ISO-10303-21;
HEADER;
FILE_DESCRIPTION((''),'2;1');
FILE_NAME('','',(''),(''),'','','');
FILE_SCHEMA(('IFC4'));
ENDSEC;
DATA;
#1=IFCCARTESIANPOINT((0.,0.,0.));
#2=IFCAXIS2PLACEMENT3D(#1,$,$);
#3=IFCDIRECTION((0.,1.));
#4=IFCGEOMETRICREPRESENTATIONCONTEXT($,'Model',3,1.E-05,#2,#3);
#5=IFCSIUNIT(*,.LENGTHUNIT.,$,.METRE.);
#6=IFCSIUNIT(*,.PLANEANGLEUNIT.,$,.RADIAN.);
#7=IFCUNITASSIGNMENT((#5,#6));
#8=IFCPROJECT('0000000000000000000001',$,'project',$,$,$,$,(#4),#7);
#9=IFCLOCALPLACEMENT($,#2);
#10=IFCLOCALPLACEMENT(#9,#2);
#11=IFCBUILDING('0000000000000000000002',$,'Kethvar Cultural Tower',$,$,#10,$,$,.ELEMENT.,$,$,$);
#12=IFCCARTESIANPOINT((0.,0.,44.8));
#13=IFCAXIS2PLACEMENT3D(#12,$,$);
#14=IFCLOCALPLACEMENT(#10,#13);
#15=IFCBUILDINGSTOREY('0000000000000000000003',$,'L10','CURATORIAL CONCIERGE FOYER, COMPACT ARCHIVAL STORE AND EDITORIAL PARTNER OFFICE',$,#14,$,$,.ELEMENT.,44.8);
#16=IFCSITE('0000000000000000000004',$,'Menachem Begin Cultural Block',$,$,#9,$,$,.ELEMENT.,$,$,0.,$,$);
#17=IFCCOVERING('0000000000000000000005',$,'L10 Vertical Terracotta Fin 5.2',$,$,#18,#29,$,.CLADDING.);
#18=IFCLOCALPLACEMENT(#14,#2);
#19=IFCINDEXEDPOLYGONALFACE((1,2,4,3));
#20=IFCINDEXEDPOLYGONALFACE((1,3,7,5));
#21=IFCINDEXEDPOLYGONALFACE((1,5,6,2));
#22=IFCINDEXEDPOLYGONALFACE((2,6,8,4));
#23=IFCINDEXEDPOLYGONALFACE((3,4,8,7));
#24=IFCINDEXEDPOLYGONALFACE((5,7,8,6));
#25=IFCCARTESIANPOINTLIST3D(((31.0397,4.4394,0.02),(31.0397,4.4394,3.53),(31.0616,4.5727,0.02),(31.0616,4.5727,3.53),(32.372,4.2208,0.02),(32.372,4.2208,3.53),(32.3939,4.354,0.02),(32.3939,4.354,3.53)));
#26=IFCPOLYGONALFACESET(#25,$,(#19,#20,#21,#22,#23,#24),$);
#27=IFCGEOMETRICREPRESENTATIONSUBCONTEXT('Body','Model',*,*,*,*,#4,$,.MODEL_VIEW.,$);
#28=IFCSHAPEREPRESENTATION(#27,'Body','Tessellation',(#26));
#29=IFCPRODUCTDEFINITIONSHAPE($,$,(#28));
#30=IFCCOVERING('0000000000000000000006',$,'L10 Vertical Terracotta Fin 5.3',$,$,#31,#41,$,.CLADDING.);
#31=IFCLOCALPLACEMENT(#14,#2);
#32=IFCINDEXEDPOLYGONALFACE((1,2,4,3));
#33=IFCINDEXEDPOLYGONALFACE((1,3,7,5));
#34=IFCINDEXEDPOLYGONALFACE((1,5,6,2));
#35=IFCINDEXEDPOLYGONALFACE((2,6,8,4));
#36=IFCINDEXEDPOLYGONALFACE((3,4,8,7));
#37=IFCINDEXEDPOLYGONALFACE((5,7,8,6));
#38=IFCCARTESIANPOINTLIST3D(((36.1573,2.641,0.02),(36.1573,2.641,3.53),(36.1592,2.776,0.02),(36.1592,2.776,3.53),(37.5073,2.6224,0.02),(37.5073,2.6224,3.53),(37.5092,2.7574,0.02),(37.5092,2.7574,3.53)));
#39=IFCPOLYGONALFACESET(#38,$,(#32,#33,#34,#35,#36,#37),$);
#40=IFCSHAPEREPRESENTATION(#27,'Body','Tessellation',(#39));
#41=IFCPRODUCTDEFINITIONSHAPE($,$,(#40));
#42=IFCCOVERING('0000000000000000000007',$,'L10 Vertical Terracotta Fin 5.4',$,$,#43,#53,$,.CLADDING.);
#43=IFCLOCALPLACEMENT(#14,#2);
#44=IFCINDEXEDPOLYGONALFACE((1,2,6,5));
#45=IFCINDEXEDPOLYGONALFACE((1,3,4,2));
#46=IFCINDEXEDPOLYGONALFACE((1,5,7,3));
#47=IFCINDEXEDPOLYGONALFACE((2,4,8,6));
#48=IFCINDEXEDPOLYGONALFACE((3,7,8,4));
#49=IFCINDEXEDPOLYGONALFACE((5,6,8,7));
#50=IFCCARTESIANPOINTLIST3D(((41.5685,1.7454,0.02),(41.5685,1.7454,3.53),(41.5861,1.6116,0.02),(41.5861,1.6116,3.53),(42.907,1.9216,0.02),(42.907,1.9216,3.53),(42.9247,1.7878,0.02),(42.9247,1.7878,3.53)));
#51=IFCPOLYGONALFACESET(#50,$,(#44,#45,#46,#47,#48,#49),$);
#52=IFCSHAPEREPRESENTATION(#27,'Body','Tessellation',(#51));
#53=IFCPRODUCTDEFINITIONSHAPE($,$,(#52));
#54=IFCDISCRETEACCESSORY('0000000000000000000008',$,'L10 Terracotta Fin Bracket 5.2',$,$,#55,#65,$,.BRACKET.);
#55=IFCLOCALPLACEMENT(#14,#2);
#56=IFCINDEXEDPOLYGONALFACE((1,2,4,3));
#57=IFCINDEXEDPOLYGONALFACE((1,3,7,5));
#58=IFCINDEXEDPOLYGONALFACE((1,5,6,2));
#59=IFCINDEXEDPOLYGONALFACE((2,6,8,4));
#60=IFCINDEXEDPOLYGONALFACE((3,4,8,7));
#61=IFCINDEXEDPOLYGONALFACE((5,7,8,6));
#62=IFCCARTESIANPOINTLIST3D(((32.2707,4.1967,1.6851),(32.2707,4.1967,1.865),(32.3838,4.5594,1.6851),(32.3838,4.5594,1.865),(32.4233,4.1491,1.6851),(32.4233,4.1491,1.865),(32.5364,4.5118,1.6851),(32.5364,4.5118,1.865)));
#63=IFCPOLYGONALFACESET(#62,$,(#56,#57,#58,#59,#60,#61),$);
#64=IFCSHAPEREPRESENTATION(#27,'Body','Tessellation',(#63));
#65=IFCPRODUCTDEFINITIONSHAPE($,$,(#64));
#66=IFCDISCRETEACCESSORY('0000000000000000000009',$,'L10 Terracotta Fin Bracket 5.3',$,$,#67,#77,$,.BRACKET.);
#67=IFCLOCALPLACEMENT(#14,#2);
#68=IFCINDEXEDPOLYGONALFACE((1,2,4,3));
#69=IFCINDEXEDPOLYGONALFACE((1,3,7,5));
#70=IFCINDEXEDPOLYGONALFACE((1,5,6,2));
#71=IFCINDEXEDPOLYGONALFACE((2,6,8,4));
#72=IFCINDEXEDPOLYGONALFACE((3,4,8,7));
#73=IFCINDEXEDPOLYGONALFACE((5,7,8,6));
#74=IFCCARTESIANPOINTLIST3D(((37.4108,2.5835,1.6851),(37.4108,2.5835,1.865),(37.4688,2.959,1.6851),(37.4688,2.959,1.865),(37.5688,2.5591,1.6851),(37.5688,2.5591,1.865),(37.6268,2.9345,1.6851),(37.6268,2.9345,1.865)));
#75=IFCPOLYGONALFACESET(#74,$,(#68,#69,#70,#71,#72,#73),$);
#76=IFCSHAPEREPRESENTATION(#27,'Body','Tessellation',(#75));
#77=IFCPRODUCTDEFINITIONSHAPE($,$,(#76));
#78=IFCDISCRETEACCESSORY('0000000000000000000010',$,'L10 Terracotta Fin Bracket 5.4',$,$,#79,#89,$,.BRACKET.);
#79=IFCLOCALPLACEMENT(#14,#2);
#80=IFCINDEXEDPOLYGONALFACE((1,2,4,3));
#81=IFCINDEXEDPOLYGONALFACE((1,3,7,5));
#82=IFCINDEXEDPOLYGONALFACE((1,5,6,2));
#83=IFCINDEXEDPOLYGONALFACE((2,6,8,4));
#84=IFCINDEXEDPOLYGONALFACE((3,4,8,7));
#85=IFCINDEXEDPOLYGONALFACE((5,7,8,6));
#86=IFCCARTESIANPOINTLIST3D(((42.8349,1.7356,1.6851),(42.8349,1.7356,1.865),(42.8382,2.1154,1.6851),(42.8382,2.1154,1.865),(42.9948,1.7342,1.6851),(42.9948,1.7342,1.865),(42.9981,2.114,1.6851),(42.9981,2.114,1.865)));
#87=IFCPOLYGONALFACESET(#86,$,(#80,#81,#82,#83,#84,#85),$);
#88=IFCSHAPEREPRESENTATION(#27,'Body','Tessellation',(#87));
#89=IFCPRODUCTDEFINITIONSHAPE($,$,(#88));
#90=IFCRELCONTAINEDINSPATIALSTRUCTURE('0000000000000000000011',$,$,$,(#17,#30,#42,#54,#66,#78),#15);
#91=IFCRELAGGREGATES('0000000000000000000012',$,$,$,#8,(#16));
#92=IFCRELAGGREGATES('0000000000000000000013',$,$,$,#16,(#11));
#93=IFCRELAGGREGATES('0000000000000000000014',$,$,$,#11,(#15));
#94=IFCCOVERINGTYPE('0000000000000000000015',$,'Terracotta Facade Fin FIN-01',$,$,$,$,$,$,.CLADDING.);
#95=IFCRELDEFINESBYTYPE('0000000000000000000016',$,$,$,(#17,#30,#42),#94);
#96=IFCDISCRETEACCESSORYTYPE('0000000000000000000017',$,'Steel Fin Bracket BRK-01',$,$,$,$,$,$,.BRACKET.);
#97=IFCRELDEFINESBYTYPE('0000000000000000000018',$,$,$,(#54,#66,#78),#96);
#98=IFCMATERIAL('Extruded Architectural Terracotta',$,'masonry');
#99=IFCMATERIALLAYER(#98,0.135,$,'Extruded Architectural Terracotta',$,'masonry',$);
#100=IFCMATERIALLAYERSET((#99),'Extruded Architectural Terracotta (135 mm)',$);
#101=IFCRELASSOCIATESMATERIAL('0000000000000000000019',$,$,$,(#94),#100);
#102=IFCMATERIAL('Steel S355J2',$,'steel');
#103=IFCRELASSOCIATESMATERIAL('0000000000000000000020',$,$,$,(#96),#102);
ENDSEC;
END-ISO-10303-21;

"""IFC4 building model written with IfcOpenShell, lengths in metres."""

from ifc_helpers import new_model, si_unit, direction, frame, origin, origin_2d, place, context, subcontext, project, spatial, rectangle, extrude, source, transform, mapped, material, layer, layer_set, type_object, element, save


model = new_model("IFC4")

# Units and contexts
model_context = context("Model", 3, precision=1e-05, world=origin(), true_north=direction((0.0, 1.0)))
body_context = subcontext(model_context, "Body", "Model", "MODEL_VIEW")
ifc_project = project(units=[si_unit("LENGTHUNIT", "METRE"), si_unit("PLANEANGLEUNIT", "RADIAN")], contexts=[model_context])

# Site, building, storey
site_placement = place(None, origin())
site = spatial("IfcSite", under=ifc_project, at=site_placement, Name="Menachem Begin Cultural Block", CompositionType="ELEMENT", RefElevation=0.0)
building_placement = place(site_placement, origin())
building = spatial("IfcBuilding", under=site, at=building_placement, Name="Kethvar Cultural Tower", CompositionType="ELEMENT")
storey_placement = place(building_placement, frame((0.0, 0.0, 44.8)))
storey = spatial("IfcBuildingStorey", under=building, at=storey_placement, Name="L10", Description="CURATORIAL CONCIERGE FOYER, COMPACT ARCHIVAL STORE AND EDITORIAL PARTNER OFFICE", CompositionType="ELEMENT", Elevation=44.8)

# Shared definitions
ifc_material_1 = material(Name="Steel S355J2", Category="steel")

# Coverings
ifc_material_2 = material(Name="Extruded Architectural Terracotta", Category="masonry")
ifc_layer_1 = layer(ifc_material_2, 0.135, Name="Extruded Architectural Terracotta", Category="masonry")
ifc_layer_set_1 = layer_set([ifc_layer_1], Name="Extruded Architectural Terracotta (135 mm)")
covering_type = type_object("IfcCoveringType", Name="Terracotta Facade Fin FIN-01", PredefinedType="CLADDING", material=ifc_layer_set_1)
shared_shape_1 = source(origin(), body_context, "Body", "SweptSolid", [
    extrude(rectangle(XDim=1.3501, YDim=0.135, at=origin_2d()), origin(), (0.0, 0.0, 1.0), 3.51),
])
for number, where, z_axis, x_axis, name in (
    (1, (31.7168, 4.3967, 0.02), (0.0, 0.0, 1.0), (-0.986799, 0.161948, 0.0), "L10 Vertical Terracotta Fin 5.2"),
    (2, (36.8333, 2.6992, 0.02), (0.0, 0.0, 1.0), (-0.999905, 0.013788, 0.0), "L10 Vertical Terracotta Fin 5.3"),
    (3, (42.2466, 1.7666, 0.02), (0.0, 0.0, 1.0), (-0.991445, -0.130526, 0.0), "L10 Vertical Terracotta Fin 5.4"),
):
    element("IfcCovering", number, at=place(storey_placement, frame(where, z_axis=z_axis, x_axis=x_axis)), inside=storey, type_object=covering_type, Name=name, PredefinedType="CLADDING", context=body_context, shape_type="MappedRepresentation", body=[
        mapped(shared_shape_1, transform((0.0, 0.0, 0.0), scale=1.0)),
    ])

# Discrete accessories
discrete_accessory_type = type_object("IfcDiscreteAccessoryType", Name="Steel Fin Bracket BRK-01", PredefinedType="BRACKET", material=ifc_material_1)
shared_shape_2 = source(origin(), body_context, "Body", "SweptSolid", [
    extrude(rectangle(XDim=0.3799, YDim=0.1599, at=origin_2d()), origin(), (0.0, 0.0, 1.0), 0.1799),
])
for number, where, z_axis, x_axis, name in (
    (4, (32.4036, 4.3542, 1.6851), (0.0, 0.0, 1.0), (-0.297708, -0.954657, 0.0), "L10 Terracotta Fin Bracket 5.2"),
    (5, (37.5188, 2.759, 1.6851), (0.0, 0.0, 1.0), (-0.152813, -0.988255, 0.0), "L10 Terracotta Fin Bracket 5.3"),
    (6, (42.9165, 1.9248, 1.6851), (0.0, 0.0, 1.0), (-0.008727, -0.999962, 0.0), "L10 Terracotta Fin Bracket 5.4"),
):
    element("IfcDiscreteAccessory", number, at=place(storey_placement, frame(where, z_axis=z_axis, x_axis=x_axis)), inside=storey, type_object=discrete_accessory_type, Name=name, PredefinedType="BRACKET", context=body_context, shape_type="MappedRepresentation", body=[
        mapped(shared_shape_2, transform((0.0, 0.0, 0.0), scale=1.0)),
    ])

save(model, "model.ifc")
